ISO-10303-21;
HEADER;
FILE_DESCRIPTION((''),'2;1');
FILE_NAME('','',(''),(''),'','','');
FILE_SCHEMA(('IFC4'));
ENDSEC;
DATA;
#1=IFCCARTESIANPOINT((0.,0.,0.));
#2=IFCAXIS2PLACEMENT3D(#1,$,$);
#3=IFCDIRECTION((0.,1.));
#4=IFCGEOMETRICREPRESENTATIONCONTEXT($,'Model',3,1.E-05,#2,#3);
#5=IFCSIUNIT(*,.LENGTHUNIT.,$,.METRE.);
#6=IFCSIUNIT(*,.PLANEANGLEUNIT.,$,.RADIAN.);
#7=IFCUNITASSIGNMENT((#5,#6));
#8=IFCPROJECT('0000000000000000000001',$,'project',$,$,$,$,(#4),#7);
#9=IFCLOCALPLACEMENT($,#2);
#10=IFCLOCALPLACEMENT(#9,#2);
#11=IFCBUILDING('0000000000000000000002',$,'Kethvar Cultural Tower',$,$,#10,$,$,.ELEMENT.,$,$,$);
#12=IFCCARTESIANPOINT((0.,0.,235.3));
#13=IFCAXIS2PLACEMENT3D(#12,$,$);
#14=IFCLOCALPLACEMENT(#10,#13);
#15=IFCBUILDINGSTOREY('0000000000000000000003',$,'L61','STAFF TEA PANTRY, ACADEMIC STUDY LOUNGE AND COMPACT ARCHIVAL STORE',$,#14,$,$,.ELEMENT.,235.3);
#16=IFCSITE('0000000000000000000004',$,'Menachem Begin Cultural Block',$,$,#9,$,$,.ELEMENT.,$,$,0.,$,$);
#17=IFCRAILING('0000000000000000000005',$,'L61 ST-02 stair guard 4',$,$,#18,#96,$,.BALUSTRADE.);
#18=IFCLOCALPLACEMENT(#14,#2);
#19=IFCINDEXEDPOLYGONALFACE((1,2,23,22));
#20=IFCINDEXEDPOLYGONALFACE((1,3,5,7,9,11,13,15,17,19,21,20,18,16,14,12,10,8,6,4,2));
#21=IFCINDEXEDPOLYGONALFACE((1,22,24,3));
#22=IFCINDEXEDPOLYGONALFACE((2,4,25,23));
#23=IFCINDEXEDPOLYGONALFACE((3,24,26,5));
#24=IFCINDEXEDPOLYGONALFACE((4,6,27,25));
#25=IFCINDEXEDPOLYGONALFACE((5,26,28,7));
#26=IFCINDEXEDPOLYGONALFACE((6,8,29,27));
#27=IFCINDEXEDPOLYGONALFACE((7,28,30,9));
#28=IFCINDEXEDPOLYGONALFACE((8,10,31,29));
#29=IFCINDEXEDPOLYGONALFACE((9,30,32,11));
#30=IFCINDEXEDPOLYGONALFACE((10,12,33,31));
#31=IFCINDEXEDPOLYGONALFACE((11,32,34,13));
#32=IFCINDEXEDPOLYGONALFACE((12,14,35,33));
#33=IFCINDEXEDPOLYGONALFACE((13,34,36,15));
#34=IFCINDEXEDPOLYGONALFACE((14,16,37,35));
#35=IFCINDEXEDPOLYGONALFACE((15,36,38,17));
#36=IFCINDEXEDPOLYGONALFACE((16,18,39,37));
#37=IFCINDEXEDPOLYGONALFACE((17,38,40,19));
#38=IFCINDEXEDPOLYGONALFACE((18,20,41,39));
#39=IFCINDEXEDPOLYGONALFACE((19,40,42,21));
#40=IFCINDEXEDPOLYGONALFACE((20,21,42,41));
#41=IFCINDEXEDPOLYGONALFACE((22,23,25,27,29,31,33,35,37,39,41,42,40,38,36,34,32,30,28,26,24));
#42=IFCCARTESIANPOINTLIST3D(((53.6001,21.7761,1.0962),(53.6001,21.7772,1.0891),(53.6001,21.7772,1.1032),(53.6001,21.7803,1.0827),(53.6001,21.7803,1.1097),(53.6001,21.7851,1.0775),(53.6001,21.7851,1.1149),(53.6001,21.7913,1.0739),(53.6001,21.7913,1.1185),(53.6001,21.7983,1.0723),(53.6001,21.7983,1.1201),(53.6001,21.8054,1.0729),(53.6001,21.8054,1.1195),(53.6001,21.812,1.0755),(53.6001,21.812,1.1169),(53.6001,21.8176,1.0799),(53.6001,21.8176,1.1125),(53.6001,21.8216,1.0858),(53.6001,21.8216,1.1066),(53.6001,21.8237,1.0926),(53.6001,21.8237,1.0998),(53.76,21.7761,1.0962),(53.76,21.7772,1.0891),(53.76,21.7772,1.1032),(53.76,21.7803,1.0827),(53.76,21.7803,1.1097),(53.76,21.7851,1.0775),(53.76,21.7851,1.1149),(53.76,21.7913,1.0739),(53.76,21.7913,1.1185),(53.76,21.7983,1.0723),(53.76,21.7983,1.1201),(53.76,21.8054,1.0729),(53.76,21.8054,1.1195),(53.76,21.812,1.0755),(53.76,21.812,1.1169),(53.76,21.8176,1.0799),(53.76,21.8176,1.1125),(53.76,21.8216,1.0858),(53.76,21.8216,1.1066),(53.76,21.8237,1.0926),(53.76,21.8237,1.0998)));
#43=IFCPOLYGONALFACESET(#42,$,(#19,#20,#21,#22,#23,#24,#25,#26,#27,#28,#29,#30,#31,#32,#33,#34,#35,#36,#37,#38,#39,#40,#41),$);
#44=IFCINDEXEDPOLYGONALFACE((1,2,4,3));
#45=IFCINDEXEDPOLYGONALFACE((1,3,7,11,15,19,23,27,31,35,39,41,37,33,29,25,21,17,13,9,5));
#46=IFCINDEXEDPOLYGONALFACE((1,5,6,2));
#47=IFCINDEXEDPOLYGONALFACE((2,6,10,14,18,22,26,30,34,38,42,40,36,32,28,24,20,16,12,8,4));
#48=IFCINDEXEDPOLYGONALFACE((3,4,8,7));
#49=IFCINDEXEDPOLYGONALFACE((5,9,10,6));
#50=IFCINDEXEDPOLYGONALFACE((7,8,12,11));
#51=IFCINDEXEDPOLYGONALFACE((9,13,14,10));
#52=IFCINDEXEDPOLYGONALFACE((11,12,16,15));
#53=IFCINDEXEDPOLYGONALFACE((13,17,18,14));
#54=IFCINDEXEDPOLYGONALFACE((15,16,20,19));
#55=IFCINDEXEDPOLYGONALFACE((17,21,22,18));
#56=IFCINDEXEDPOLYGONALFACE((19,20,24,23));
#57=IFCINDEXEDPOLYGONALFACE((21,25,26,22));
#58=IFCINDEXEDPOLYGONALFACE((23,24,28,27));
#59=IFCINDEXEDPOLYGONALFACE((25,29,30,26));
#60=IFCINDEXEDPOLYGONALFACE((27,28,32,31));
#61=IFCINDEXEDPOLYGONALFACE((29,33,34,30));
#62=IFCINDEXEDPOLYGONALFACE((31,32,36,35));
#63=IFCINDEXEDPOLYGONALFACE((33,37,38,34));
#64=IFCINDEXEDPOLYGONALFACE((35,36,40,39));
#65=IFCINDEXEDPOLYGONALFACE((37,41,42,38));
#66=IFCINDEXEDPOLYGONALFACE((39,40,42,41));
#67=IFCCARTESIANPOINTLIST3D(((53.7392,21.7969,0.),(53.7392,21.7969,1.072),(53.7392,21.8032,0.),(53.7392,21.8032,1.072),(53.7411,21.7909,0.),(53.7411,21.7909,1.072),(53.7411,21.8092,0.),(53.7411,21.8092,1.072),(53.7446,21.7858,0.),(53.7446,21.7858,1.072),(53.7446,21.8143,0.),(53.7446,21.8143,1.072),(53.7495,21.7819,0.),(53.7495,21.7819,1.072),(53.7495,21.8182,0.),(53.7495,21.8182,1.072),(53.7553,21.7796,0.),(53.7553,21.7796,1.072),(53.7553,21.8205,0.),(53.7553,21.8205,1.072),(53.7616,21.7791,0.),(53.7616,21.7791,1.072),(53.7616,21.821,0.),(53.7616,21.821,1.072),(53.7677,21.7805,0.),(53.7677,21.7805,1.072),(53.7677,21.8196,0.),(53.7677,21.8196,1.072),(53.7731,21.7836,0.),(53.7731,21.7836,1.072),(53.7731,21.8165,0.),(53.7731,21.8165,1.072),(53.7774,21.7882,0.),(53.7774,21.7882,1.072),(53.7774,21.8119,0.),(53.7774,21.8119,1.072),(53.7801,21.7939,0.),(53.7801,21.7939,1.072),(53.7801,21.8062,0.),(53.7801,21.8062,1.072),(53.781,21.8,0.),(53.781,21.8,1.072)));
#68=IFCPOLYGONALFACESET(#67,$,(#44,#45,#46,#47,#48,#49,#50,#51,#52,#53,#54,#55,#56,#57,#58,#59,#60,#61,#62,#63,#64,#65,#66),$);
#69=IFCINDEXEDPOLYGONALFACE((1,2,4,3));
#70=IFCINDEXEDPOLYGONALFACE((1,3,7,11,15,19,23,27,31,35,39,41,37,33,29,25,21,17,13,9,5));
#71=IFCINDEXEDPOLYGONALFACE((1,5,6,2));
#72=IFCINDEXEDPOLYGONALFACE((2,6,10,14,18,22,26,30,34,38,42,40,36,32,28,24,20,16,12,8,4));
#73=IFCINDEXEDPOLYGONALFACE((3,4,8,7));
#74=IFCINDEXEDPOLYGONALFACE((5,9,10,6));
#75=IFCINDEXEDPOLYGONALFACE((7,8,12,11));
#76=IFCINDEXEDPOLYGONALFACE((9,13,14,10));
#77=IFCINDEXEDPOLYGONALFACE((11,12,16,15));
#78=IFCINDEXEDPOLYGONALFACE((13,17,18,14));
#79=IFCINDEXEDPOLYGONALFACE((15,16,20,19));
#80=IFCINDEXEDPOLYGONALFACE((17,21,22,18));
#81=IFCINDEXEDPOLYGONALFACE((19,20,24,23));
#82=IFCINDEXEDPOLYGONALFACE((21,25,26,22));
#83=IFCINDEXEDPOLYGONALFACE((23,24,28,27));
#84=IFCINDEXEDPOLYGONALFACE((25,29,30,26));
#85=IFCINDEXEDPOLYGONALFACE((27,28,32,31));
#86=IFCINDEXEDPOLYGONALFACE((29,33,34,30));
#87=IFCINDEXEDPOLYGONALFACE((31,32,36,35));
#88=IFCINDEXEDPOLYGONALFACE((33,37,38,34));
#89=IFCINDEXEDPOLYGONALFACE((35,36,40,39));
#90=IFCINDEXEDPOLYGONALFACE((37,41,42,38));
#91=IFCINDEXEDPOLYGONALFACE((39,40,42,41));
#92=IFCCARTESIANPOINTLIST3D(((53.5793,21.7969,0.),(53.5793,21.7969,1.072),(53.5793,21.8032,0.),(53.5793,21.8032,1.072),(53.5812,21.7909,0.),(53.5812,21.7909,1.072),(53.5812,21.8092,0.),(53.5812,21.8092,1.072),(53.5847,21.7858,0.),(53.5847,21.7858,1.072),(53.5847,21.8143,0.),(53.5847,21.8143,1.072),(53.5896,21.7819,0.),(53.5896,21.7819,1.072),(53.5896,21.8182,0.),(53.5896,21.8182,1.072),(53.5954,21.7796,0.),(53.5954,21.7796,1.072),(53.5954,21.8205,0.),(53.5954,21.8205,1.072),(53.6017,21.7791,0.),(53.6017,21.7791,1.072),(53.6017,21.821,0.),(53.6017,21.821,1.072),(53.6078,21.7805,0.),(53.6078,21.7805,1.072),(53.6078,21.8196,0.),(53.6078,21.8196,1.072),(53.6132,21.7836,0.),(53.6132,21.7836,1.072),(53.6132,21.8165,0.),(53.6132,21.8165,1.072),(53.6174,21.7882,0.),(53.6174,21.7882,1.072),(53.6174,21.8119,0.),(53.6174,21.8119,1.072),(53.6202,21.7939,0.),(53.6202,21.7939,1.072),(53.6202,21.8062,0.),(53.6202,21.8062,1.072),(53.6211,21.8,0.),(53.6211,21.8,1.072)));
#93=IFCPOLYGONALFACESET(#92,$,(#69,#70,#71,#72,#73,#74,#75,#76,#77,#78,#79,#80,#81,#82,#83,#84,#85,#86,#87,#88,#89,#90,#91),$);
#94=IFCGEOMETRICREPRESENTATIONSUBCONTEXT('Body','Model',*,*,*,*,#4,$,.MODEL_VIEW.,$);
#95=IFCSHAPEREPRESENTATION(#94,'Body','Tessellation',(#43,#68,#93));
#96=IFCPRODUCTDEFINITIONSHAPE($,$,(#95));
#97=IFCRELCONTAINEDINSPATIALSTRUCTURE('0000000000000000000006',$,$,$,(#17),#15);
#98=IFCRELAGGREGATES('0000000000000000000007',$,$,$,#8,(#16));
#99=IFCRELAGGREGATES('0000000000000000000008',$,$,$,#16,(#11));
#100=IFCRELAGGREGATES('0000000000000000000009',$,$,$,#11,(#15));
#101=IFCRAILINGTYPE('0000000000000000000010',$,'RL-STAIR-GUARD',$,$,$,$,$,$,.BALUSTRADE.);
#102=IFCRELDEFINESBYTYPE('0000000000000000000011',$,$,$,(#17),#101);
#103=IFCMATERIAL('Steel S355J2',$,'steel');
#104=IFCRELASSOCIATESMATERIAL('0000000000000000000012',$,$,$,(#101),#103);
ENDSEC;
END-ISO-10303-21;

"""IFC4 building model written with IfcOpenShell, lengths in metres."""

from ifc_helpers import new_model, si_unit, direction, frame, origin, origin_2d, place, context, subcontext, project, spatial, circle, extrude, material, type_object, element, save


model = new_model("IFC4")

# Units and contexts
model_context = context("Model", 3, precision=1e-05, world=origin(), true_north=direction((0.0, 1.0)))
body_context = subcontext(model_context, "Body", "Model", "MODEL_VIEW")
ifc_project = project(units=[si_unit("LENGTHUNIT", "METRE"), si_unit("PLANEANGLEUNIT", "RADIAN")], contexts=[model_context])

# Site, building, storey
site_placement = place(None, origin())
site = spatial("IfcSite", under=ifc_project, at=site_placement, Name="Menachem Begin Cultural Block", CompositionType="ELEMENT", RefElevation=0.0)
building_placement = place(site_placement, origin())
building = spatial("IfcBuilding", under=site, at=building_placement, Name="Kethvar Cultural Tower", CompositionType="ELEMENT")
storey_placement = place(building_placement, frame((0.0, 0.0, 235.3)))
storey = spatial("IfcBuildingStorey", under=building, at=storey_placement, Name="L61", Description="STAFF TEA PANTRY, ACADEMIC STUDY LOUNGE AND COMPACT ARCHIVAL STORE", CompositionType="ELEMENT", Elevation=235.3)

# Shared definitions
ifc_material_1 = material(Name="Steel S355J2", Category="steel")

# Railing
railing_type_1 = type_object("IfcRailingType", Name="RL-STAIR-GUARD", PredefinedType="BALUSTRADE", material=ifc_material_1)
railing_1_placement = place(storey_placement, frame((53.76, 21.8, 0.0)))
element("IfcRailing", 1, at=railing_1_placement, inside=storey, type_object=railing_type_1, Name="L61 ST-02 stair guard 4", PredefinedType="BALUSTRADE", context=body_context, shape_type="SweptSolid", body=[
    extrude(circle(Radius=0.0239, at=origin_2d()), frame((0.0, 0.0, 1.0962), z_axis=(-1.0, 0.0, 0.0), x_axis=(0.0, -1.0, 0.0)), (0.0, 0.0, 1.0), 0.1599),
    extrude(circle(Radius=0.021, at=origin_2d()), origin(), (0.0, 0.0, 1.0), 1.072),
    extrude(circle(Radius=0.021, at=origin_2d()), frame((-0.1599, 0.0, 0.0)), (0.0, 0.0, 1.0), 1.072),
])

save(model, "model.ifc")
